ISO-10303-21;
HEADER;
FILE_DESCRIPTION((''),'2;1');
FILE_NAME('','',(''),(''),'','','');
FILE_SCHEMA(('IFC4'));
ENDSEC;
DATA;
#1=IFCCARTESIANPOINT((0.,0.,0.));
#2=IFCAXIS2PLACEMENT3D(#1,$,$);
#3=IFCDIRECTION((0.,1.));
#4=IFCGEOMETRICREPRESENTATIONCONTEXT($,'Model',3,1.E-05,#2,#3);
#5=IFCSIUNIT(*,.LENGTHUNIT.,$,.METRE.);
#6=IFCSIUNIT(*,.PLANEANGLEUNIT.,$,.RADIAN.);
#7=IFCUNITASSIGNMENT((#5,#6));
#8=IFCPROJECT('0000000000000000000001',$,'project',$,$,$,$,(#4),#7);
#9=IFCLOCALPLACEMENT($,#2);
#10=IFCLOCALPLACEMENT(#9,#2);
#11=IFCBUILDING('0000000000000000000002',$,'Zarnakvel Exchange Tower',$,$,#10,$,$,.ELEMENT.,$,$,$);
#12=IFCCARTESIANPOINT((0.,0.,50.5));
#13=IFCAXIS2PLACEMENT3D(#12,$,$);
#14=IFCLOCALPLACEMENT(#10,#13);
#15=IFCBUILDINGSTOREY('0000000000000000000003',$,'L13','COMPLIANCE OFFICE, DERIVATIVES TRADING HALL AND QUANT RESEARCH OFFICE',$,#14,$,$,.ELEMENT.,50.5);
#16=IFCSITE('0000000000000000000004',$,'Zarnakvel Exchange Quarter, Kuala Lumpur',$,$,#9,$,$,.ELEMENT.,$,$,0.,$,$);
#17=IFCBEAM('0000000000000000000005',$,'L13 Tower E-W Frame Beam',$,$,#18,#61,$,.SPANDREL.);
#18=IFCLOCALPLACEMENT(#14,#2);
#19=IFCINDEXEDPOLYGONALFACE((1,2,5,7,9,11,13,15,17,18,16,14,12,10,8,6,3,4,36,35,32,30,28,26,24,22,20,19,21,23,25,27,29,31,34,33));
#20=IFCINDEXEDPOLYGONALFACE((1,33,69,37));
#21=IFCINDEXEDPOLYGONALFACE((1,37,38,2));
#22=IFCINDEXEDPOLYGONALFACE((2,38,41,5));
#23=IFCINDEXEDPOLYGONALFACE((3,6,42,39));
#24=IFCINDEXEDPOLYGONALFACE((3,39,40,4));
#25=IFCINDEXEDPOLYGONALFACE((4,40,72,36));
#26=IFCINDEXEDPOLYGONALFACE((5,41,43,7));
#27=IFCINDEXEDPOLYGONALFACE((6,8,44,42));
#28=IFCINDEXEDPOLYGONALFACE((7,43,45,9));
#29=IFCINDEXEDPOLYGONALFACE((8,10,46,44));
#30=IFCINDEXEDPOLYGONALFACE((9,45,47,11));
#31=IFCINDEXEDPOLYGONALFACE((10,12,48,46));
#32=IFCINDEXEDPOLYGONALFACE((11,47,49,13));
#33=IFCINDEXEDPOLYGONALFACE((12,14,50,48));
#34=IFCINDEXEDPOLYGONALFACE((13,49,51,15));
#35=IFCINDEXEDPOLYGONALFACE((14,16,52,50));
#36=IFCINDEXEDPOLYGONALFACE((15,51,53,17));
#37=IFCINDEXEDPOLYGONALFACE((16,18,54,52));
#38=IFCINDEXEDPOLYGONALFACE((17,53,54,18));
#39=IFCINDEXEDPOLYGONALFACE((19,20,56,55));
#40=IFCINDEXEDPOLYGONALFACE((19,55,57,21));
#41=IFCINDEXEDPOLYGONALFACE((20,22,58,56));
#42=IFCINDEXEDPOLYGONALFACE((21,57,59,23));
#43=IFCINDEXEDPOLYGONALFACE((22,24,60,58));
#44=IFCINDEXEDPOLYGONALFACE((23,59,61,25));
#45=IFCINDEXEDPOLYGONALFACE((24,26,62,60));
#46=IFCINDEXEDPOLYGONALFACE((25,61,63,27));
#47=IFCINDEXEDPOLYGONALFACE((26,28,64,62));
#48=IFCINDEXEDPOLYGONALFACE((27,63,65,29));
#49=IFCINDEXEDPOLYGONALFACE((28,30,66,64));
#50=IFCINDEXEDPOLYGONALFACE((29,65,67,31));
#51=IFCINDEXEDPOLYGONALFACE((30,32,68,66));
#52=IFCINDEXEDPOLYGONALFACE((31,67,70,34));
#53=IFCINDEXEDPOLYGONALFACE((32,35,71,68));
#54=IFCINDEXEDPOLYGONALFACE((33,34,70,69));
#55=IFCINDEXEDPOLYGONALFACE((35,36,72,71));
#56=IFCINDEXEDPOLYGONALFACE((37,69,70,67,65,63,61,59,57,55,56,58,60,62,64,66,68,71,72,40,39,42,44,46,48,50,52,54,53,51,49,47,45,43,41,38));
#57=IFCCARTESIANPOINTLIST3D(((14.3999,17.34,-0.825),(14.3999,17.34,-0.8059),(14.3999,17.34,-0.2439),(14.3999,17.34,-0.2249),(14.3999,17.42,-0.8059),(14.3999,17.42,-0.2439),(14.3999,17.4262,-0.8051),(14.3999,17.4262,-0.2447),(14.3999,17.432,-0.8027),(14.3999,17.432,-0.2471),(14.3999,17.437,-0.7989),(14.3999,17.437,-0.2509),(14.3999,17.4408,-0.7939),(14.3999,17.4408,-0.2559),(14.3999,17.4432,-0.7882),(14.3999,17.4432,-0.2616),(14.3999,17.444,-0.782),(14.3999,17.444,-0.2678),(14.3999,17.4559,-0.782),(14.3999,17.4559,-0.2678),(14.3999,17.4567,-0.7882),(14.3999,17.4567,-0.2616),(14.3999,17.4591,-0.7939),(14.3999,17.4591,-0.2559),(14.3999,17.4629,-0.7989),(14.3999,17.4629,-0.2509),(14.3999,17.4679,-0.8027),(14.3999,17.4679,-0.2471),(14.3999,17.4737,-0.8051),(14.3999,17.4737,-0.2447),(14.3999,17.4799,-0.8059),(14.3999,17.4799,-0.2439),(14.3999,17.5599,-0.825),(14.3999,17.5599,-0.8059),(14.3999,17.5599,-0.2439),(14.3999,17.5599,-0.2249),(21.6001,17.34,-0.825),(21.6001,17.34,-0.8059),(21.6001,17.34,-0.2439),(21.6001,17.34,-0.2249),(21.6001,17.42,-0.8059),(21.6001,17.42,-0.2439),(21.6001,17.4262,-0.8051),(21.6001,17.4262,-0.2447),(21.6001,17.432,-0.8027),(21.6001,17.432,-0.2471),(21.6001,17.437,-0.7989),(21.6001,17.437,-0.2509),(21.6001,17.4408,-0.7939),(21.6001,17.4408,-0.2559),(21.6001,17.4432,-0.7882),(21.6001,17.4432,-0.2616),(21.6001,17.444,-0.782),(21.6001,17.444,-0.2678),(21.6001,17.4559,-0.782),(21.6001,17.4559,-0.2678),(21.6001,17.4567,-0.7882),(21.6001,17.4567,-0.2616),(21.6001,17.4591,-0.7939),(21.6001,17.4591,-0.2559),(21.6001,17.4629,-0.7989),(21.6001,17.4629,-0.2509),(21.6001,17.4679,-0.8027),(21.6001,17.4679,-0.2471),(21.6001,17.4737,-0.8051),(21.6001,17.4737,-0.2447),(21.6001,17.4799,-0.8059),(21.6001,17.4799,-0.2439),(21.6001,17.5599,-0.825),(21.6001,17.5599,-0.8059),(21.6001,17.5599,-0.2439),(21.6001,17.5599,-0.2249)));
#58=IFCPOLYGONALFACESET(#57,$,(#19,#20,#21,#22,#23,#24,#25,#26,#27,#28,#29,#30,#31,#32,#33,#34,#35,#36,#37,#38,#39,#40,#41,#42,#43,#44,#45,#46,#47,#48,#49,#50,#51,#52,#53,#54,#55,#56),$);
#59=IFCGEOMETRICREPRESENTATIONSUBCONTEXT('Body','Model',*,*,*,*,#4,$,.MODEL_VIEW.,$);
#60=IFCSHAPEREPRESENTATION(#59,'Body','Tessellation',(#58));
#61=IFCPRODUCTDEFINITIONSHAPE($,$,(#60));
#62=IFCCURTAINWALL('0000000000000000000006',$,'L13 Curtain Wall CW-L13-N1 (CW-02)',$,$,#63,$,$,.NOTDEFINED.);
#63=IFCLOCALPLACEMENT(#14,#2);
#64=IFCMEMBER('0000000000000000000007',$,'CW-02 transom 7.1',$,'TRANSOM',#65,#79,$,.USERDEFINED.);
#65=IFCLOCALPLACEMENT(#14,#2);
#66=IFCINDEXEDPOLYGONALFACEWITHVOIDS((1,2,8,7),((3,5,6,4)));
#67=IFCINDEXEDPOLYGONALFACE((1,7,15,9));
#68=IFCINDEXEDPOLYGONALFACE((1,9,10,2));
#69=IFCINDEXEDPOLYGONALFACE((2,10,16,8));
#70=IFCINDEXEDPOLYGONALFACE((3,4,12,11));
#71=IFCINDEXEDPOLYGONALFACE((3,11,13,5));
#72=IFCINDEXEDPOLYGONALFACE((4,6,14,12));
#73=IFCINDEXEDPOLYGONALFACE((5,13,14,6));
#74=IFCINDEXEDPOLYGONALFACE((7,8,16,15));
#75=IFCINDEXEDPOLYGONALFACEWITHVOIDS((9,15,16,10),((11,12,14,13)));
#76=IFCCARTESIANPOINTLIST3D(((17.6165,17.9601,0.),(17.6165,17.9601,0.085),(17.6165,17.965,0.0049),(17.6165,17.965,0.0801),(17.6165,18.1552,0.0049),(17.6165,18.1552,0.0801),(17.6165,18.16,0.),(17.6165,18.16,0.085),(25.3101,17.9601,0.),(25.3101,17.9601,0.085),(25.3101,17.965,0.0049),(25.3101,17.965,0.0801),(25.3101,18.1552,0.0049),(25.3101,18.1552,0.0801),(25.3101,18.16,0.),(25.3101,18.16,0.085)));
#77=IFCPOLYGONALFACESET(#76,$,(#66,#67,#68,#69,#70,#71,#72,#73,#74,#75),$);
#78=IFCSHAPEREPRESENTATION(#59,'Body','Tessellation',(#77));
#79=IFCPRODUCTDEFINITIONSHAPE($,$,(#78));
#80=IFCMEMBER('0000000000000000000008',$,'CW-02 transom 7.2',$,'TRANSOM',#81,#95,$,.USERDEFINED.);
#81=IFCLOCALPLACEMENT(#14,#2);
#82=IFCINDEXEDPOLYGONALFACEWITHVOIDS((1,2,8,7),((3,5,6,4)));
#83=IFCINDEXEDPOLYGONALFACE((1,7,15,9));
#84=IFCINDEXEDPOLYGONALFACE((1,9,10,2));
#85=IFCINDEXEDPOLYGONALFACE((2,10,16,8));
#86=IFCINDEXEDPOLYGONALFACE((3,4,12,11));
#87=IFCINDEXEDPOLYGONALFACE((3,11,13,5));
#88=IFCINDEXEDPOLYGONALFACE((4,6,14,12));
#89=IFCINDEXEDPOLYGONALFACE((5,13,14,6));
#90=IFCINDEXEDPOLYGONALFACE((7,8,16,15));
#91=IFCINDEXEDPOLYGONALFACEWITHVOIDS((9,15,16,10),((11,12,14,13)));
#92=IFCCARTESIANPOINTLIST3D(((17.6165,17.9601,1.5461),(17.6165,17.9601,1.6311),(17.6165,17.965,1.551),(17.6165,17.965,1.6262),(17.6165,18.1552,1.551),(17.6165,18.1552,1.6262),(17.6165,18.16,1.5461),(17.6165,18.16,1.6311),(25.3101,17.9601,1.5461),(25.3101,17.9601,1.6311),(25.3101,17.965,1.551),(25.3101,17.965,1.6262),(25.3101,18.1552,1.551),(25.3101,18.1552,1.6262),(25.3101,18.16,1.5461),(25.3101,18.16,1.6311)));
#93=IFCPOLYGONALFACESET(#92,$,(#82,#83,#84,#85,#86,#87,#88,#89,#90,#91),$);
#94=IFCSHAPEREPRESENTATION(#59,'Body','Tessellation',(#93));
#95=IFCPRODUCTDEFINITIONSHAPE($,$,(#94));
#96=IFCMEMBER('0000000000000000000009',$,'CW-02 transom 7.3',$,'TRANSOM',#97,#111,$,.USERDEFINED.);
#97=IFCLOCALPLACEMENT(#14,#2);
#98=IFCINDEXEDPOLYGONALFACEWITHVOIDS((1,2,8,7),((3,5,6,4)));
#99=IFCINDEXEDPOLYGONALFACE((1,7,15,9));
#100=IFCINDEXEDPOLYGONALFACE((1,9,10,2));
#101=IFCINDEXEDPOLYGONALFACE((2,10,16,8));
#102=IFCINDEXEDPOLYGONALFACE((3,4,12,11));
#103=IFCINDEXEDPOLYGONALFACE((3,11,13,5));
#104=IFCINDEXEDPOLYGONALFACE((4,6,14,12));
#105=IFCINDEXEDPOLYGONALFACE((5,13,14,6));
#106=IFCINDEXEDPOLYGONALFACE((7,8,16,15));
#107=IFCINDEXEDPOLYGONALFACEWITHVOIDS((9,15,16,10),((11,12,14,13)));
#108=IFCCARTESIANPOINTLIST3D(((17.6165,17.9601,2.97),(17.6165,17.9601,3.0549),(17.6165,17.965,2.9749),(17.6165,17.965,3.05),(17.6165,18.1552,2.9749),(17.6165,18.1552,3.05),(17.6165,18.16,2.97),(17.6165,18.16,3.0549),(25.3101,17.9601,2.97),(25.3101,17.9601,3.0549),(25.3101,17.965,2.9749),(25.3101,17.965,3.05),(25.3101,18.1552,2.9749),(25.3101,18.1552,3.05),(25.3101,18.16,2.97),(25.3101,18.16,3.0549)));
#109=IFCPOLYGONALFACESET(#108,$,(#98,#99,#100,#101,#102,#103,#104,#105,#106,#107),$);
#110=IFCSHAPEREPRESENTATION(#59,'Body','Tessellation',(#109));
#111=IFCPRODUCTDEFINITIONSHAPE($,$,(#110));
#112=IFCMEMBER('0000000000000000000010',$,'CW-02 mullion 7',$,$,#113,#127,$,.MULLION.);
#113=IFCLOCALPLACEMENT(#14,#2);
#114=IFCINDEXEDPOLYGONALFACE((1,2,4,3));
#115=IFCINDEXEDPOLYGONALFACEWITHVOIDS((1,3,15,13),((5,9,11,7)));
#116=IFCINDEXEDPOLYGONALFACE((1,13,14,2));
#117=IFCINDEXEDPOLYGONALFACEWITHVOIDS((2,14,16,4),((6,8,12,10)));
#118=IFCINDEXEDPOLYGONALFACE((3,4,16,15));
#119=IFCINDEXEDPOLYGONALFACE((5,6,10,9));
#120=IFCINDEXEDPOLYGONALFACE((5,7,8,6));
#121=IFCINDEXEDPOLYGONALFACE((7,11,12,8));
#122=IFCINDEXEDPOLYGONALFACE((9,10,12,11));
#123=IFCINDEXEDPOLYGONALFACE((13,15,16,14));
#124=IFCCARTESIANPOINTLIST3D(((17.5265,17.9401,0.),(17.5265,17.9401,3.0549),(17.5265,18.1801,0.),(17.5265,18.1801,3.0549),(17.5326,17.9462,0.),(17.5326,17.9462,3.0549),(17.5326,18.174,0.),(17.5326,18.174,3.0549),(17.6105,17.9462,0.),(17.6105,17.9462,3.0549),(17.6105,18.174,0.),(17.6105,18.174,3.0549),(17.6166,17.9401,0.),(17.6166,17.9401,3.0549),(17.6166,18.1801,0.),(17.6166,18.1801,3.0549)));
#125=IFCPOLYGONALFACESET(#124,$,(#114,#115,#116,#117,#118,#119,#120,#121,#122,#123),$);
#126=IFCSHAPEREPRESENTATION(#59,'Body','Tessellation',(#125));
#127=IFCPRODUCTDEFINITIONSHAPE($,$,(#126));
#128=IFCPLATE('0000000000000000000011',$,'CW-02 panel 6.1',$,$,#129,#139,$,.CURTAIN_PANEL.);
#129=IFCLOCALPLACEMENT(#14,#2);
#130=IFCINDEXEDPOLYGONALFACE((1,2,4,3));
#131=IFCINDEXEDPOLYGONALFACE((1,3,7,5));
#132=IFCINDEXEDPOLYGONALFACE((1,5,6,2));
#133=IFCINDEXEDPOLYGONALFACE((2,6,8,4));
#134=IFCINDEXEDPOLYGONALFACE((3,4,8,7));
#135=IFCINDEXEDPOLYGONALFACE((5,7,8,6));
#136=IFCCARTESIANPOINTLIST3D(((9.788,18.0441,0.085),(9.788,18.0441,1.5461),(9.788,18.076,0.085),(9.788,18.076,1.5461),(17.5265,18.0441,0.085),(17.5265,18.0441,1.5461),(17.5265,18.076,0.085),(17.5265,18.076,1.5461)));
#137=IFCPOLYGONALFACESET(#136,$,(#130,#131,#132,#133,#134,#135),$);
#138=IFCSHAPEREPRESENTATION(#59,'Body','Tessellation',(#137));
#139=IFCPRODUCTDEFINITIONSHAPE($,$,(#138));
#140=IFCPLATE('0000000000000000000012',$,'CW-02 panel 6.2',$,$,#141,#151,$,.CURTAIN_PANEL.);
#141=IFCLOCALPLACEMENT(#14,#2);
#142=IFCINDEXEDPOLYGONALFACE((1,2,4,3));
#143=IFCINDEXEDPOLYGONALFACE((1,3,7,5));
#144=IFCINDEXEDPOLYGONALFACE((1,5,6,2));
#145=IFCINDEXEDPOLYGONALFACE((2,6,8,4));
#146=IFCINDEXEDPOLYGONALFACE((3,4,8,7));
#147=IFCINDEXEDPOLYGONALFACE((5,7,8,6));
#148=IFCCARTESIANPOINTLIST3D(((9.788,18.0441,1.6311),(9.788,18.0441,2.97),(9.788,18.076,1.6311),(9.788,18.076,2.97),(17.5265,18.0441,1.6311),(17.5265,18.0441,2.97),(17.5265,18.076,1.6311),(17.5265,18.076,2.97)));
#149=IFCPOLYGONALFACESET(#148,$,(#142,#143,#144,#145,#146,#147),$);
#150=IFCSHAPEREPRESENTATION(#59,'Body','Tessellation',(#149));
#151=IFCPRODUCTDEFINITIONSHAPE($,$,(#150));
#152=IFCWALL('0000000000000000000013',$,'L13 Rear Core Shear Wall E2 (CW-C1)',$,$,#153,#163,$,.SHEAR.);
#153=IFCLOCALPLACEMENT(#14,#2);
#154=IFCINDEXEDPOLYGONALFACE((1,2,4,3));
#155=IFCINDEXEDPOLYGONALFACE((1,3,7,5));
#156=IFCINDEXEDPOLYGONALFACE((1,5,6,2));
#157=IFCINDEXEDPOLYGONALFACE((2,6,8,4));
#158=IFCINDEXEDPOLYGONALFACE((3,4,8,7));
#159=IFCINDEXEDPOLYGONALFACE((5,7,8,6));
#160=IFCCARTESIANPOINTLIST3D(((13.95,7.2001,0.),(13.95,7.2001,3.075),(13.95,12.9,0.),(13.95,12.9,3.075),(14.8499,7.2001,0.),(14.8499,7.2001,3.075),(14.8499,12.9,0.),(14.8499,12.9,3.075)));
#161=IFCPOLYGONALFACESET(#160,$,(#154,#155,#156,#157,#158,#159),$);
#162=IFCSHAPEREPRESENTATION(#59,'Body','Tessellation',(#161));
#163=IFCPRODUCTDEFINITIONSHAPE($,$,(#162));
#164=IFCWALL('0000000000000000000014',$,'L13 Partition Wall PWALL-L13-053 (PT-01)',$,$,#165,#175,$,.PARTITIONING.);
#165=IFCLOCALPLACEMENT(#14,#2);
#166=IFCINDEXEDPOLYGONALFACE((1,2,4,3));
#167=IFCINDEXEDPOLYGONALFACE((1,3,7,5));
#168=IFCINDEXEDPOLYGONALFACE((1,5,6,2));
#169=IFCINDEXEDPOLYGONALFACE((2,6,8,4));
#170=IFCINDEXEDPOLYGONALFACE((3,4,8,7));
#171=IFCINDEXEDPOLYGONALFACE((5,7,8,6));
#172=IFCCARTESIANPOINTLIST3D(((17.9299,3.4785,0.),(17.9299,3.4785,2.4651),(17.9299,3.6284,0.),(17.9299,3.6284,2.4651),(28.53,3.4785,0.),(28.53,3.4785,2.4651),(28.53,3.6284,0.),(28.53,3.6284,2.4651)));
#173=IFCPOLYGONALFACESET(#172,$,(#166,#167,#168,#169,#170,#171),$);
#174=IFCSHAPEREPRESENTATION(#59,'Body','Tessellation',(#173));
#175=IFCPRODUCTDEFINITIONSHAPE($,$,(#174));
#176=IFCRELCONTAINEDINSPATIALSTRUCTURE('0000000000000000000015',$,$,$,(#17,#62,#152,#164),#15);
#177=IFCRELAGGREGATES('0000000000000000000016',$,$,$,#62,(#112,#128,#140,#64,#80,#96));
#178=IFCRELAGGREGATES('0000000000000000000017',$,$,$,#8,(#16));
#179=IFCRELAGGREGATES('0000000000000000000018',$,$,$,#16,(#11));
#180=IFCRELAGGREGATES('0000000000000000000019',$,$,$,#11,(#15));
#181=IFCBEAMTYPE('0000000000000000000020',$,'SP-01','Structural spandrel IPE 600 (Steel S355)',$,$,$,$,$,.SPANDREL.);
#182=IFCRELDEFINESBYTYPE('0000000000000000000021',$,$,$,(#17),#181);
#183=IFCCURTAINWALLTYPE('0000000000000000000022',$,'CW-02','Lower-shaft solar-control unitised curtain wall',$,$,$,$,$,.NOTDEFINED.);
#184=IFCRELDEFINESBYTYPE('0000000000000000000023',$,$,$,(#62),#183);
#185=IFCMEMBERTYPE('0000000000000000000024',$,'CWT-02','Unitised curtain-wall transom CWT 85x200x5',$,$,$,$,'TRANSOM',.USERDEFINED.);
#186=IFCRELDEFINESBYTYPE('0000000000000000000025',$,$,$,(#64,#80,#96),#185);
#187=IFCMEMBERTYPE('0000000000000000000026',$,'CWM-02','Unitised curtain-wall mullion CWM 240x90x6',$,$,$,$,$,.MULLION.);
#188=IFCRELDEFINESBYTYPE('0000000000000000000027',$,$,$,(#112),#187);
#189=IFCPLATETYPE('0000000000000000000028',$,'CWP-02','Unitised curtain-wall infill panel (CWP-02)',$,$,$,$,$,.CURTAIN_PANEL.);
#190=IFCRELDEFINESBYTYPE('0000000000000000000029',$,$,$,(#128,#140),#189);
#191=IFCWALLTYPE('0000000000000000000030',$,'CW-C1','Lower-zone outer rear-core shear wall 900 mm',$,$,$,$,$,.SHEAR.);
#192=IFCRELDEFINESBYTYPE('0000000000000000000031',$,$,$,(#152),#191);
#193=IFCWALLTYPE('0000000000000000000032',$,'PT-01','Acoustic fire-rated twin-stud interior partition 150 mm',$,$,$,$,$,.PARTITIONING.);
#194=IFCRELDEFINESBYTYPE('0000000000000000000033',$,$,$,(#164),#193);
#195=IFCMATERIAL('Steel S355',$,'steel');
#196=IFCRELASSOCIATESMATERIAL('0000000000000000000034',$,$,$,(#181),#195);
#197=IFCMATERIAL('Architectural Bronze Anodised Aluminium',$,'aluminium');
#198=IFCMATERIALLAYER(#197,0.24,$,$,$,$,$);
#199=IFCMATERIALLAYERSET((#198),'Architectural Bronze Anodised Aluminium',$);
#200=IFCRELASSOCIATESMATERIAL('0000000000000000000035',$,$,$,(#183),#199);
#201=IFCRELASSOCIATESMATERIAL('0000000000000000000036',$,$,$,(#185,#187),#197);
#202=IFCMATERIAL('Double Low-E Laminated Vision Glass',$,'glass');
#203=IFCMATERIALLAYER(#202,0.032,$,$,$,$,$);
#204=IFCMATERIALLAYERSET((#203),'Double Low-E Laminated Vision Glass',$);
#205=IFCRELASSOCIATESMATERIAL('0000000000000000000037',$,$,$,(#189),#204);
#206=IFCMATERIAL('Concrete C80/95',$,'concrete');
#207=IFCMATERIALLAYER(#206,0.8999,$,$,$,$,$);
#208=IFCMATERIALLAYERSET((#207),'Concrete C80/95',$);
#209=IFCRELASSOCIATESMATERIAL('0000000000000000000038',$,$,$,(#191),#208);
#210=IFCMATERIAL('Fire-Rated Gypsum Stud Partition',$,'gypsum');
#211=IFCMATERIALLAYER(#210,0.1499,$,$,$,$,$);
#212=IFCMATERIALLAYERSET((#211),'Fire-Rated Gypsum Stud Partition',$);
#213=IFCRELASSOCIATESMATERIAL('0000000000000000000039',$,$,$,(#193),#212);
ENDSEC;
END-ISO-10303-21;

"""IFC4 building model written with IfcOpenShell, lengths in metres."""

from ifc_helpers import new_model, si_unit, direction, frame, frame_2d, origin, origin_2d, place, context, subcontext, project, spatial, rectangle, hollow_rectangle, i_section, extrude, source, transform, mapped, material, layer, layer_set, material_profile, profile_set, type_object, element, aggregate, save


model = new_model("IFC4")

# Units and contexts
model_context = context("Model", 3, precision=1e-05, world=origin(), true_north=direction((0.0, 1.0)))
body_context = subcontext(model_context, "Body", "Model", "MODEL_VIEW")
ifc_project = project(units=[si_unit("LENGTHUNIT", "METRE"), si_unit("PLANEANGLEUNIT", "RADIAN")], contexts=[model_context])

# Site, building, storey
site_placement = place(None, origin())
site = spatial("IfcSite", under=ifc_project, at=site_placement, Name="Zarnakvel Exchange Quarter, Kuala Lumpur", CompositionType="ELEMENT", RefElevation=0.0)
building_placement = place(site_placement, origin())
building = spatial("IfcBuilding", under=site, at=building_placement, Name="Zarnakvel Exchange Tower", CompositionType="ELEMENT")
storey_placement = place(building_placement, frame((0.0, 0.0, 50.5)))
storey = spatial("IfcBuildingStorey", under=building, at=storey_placement, Name="L13", Description="COMPLIANCE OFFICE, DERIVATIVES TRADING HALL AND QUANT RESEARCH OFFICE", CompositionType="ELEMENT", Elevation=50.5)

# Shared definitions
ifc_material_1 = material(Name="Concrete C80/95", Category="concrete")

# Beam
ifc_material_2 = material(Name="Steel S355", Category="steel")
ifc_material_profile_1 = material_profile(ifc_material_2, i_section(OverallWidth=0.22, OverallDepth=0.6001, WebThickness=0.012, FlangeThickness=0.019, FilletRadius=0.0239, at=origin_2d()))
ifc_profile_set_1 = profile_set([ifc_material_profile_1], Name="Steel S355")
beam_type_1 = type_object("IfcBeamType", Name="SP-01", Description="Structural spandrel IPE 600 (Steel S355)", PredefinedType="SPANDREL", material=ifc_profile_set_1)
beam_1_placement = place(storey_placement, frame((14.3999, 17.45, -0.5249), z_axis=(1.0, 0.0, 0.0), x_axis=(0.0, 1.0, 0.0)))
element("IfcBeam", 1, at=beam_1_placement, inside=storey, type_object=beam_type_1, Name="L13 Tower E-W Frame Beam", PredefinedType="SPANDREL", context=body_context, shape_type="SweptSolid", body=[
    extrude(i_section(OverallWidth=0.22, OverallDepth=0.6001, WebThickness=0.012, FlangeThickness=0.019, FilletRadius=0.0239, at=origin_2d()), origin(), (0.0, 0.0, 1.0), 7.2002),
])

# Curtain wall, members, plates
ifc_material_3 = material(Name="Architectural Bronze Anodised Aluminium", Category="aluminium")
ifc_layer_1 = layer(ifc_material_3, 0.24)
ifc_layer_set_1 = layer_set([ifc_layer_1], Name="Architectural Bronze Anodised Aluminium")
curtain_wall_type = type_object("IfcCurtainWallType", Name="CW-02", Description="Lower-shaft solar-control unitised curtain wall", PredefinedType="NOTDEFINED", material=ifc_layer_set_1)
curtain_wall_placement = place(storey_placement, origin())
curtain_wall = element("IfcCurtainWall", 2, at=curtain_wall_placement, inside=storey, type_object=curtain_wall_type, Name="L13 Curtain Wall CW-L13-N1 (CW-02)", PredefinedType="NOTDEFINED")
ifc_material_profile_2 = material_profile(ifc_material_3, hollow_rectangle(XDim=0.2, YDim=0.085, WallThickness=0.0049, at=origin_2d()))
ifc_profile_set_2 = profile_set([ifc_material_profile_2], Name="Architectural Bronze Anodised Aluminium")
member_type_1 = type_object("IfcMemberType", Name="CWT-02", Description="Unitised curtain-wall transom CWT 85x200x5", ElementType="TRANSOM", PredefinedType="USERDEFINED", material=ifc_profile_set_2)
shared_shape_1 = source(origin(), body_context, "Body", "SweptSolid", [
    extrude(hollow_rectangle(XDim=0.2, YDim=0.085, WallThickness=0.0049, at=origin_2d()), origin(), (0.0, 0.0, 1.0), 7.6936),
])
member_1_placement = place(storey_placement, frame((17.6165, 18.0601, 0.0425), z_axis=(1.0, 0.0, 0.0), x_axis=(0.0, 1.0, 0.0)))
member_1 = element("IfcMember", 3, at=member_1_placement, type_object=member_type_1, Name="CW-02 transom 7.1", ObjectType="TRANSOM", PredefinedType="USERDEFINED", context=body_context, shape_type="MappedRepresentation", body=[
    mapped(shared_shape_1, transform((0.0, 0.0, 0.0), x_axis=(1.0, 0.0, 0.0), y_axis=(0.0, 1.0, 0.0), z_axis=(0.0, 0.0, 1.0), scale=1.0)),
])
member_2_placement = place(storey_placement, frame((17.6165, 18.0601, 1.5886), z_axis=(1.0, 0.0, 0.0), x_axis=(0.0, 1.0, 0.0)))
member_2 = element("IfcMember", 4, at=member_2_placement, type_object=member_type_1, Name="CW-02 transom 7.2", ObjectType="TRANSOM", PredefinedType="USERDEFINED", context=body_context, shape_type="MappedRepresentation", body=[
    mapped(shared_shape_1, transform((0.0, 0.0, 0.0), x_axis=(1.0, 0.0, 0.0), y_axis=(0.0, 1.0, 0.0), z_axis=(0.0, 0.0, 1.0), scale=1.0)),
])
member_3_placement = place(storey_placement, frame((17.6165, 18.0601, 3.0125), z_axis=(1.0, 0.0, 0.0), x_axis=(0.0, 1.0, 0.0)))
member_3 = element("IfcMember", 5, at=member_3_placement, type_object=member_type_1, Name="CW-02 transom 7.3", ObjectType="TRANSOM", PredefinedType="USERDEFINED", context=body_context, shape_type="MappedRepresentation", body=[
    mapped(shared_shape_1, transform((0.0, 0.0, 0.0), x_axis=(1.0, 0.0, 0.0), y_axis=(0.0, 1.0, 0.0), z_axis=(0.0, 0.0, 1.0), scale=1.0)),
])
ifc_material_profile_3 = material_profile(ifc_material_3, hollow_rectangle(XDim=0.24, YDim=0.0901, WallThickness=0.0061, at=origin_2d()))
ifc_profile_set_3 = profile_set([ifc_material_profile_3], Name="Architectural Bronze Anodised Aluminium")
member_type_2 = type_object("IfcMemberType", Name="CWM-02", Description="Unitised curtain-wall mullion CWM 240x90x6", PredefinedType="MULLION", material=ifc_profile_set_3)
shared_shape_2 = source(origin(), body_context, "Body", "SweptSolid", [
    extrude(hollow_rectangle(XDim=0.24, YDim=0.0901, WallThickness=0.0061, at=origin_2d()), origin(), (0.0, 0.0, 1.0), 3.0549),
])
member_4_placement = place(storey_placement, frame((17.5715, 18.0601, 0.0), z_axis=(0.0, 0.0, 1.0), x_axis=(0.0, 1.0, 0.0)))
member_4 = element("IfcMember", 6, at=member_4_placement, type_object=member_type_2, Name="CW-02 mullion 7", PredefinedType="MULLION", context=body_context, shape_type="MappedRepresentation", body=[
    mapped(shared_shape_2, transform((0.0, 0.0, 0.0), x_axis=(1.0, 0.0, 0.0), y_axis=(0.0, 1.0, 0.0), z_axis=(0.0, 0.0, 1.0), scale=1.0)),
])
ifc_material_4 = material(Name="Double Low-E Laminated Vision Glass", Category="glass")
ifc_layer_2 = layer(ifc_material_4, 0.032)
ifc_layer_set_2 = layer_set([ifc_layer_2], Name="Double Low-E Laminated Vision Glass")
plate_type = type_object("IfcPlateType", Name="CWP-02", Description="Unitised curtain-wall infill panel (CWP-02)", PredefinedType="CURTAIN_PANEL", material=ifc_layer_set_2)
shared_shape_3 = source(origin(), body_context, "Body", "SweptSolid", [
    extrude(rectangle(XDim=7.7385, YDim=0.032, at=origin_2d()), origin(), (0.0, 0.0, 1.0), 1.4612),
])
plate_1_placement = place(storey_placement, frame((13.6572, 18.0601, 0.085), z_axis=(0.0, 0.0, 1.0), x_axis=(1.0, 0.0, 0.0)))
plate_1 = element("IfcPlate", 7, at=plate_1_placement, type_object=plate_type, Name="CW-02 panel 6.1", PredefinedType="CURTAIN_PANEL", context=body_context, shape_type="MappedRepresentation", body=[
    mapped(shared_shape_3, transform((0.0, 0.0, 0.0), x_axis=(1.0, 0.0, 0.0), y_axis=(0.0, 1.0, 0.0), z_axis=(0.0, 0.0, 1.0), scale=1.0)),
])
shared_shape_4 = source(origin(), body_context, "Body", "SweptSolid", [
    extrude(rectangle(XDim=7.7385, YDim=0.032, at=origin_2d()), origin(), (0.0, 0.0, 1.0), 1.3389),
])
plate_2_placement = place(storey_placement, frame((13.6572, 18.0601, 1.6311), z_axis=(0.0, 0.0, 1.0), x_axis=(1.0, 0.0, 0.0)))
plate_2 = element("IfcPlate", 8, at=plate_2_placement, type_object=plate_type, Name="CW-02 panel 6.2", PredefinedType="CURTAIN_PANEL", context=body_context, shape_type="MappedRepresentation", body=[
    mapped(shared_shape_4, transform((0.0, 0.0, 0.0), x_axis=(1.0, 0.0, 0.0), y_axis=(0.0, 1.0, 0.0), z_axis=(0.0, 0.0, 1.0), scale=1.0)),
])
aggregate(curtain_wall, [member_4, plate_1, plate_2, member_1, member_2, member_3])

# Walls
ifc_layer_3 = layer(ifc_material_1, 0.8999)
ifc_layer_set_3 = layer_set([ifc_layer_3], Name="Concrete C80/95")
wall_type_1 = type_object("IfcWallType", Name="CW-C1", Description="Lower-zone outer rear-core shear wall 900 mm", PredefinedType="SHEAR", material=ifc_layer_set_3)
wall_1_placement = place(storey_placement, frame((14.3999, 7.2, 0.0), z_axis=(0.0, 0.0, 1.0), x_axis=(0.0, 1.0, 0.0)))
element("IfcWall", 9, at=wall_1_placement, inside=storey, type_object=wall_type_1, Name="L13 Rear Core Shear Wall E2 (CW-C1)", PredefinedType="SHEAR", context=body_context, shape_type="SweptSolid", body=[
    extrude(rectangle(XDim=5.7, YDim=0.8999, at=frame_2d((2.8501, 0.0))), origin(), (0.0, 0.0, 1.0), 3.075),
])
ifc_material_5 = material(Name="Fire-Rated Gypsum Stud Partition", Category="gypsum")
ifc_layer_4 = layer(ifc_material_5, 0.1499)
ifc_layer_set_4 = layer_set([ifc_layer_4], Name="Fire-Rated Gypsum Stud Partition")
wall_type_2 = type_object("IfcWallType", Name="PT-01", Description="Acoustic fire-rated twin-stud interior partition 150 mm", PredefinedType="PARTITIONING", material=ifc_layer_set_4)
for number, where, z_axis, x_axis, name in (
    (10, (17.9299, 3.5535, 0.0), (0.0, 0.0, 1.0), (1.0, 0.0, 0.0), "L13 Partition Wall PWALL-L13-053 (PT-01)"),
):
    element("IfcWall", number, at=place(storey_placement, frame(where, z_axis=z_axis, x_axis=x_axis)), inside=storey, type_object=wall_type_2, Name=name, PredefinedType="PARTITIONING", context=body_context, shape_type="SweptSolid", body=[
        extrude(rectangle(XDim=10.6001, YDim=0.1499, at=frame_2d((5.3, 0.0))), origin(), (0.0, 0.0, 1.0), 2.4651),
    ])

save(model, "model.ifc")
